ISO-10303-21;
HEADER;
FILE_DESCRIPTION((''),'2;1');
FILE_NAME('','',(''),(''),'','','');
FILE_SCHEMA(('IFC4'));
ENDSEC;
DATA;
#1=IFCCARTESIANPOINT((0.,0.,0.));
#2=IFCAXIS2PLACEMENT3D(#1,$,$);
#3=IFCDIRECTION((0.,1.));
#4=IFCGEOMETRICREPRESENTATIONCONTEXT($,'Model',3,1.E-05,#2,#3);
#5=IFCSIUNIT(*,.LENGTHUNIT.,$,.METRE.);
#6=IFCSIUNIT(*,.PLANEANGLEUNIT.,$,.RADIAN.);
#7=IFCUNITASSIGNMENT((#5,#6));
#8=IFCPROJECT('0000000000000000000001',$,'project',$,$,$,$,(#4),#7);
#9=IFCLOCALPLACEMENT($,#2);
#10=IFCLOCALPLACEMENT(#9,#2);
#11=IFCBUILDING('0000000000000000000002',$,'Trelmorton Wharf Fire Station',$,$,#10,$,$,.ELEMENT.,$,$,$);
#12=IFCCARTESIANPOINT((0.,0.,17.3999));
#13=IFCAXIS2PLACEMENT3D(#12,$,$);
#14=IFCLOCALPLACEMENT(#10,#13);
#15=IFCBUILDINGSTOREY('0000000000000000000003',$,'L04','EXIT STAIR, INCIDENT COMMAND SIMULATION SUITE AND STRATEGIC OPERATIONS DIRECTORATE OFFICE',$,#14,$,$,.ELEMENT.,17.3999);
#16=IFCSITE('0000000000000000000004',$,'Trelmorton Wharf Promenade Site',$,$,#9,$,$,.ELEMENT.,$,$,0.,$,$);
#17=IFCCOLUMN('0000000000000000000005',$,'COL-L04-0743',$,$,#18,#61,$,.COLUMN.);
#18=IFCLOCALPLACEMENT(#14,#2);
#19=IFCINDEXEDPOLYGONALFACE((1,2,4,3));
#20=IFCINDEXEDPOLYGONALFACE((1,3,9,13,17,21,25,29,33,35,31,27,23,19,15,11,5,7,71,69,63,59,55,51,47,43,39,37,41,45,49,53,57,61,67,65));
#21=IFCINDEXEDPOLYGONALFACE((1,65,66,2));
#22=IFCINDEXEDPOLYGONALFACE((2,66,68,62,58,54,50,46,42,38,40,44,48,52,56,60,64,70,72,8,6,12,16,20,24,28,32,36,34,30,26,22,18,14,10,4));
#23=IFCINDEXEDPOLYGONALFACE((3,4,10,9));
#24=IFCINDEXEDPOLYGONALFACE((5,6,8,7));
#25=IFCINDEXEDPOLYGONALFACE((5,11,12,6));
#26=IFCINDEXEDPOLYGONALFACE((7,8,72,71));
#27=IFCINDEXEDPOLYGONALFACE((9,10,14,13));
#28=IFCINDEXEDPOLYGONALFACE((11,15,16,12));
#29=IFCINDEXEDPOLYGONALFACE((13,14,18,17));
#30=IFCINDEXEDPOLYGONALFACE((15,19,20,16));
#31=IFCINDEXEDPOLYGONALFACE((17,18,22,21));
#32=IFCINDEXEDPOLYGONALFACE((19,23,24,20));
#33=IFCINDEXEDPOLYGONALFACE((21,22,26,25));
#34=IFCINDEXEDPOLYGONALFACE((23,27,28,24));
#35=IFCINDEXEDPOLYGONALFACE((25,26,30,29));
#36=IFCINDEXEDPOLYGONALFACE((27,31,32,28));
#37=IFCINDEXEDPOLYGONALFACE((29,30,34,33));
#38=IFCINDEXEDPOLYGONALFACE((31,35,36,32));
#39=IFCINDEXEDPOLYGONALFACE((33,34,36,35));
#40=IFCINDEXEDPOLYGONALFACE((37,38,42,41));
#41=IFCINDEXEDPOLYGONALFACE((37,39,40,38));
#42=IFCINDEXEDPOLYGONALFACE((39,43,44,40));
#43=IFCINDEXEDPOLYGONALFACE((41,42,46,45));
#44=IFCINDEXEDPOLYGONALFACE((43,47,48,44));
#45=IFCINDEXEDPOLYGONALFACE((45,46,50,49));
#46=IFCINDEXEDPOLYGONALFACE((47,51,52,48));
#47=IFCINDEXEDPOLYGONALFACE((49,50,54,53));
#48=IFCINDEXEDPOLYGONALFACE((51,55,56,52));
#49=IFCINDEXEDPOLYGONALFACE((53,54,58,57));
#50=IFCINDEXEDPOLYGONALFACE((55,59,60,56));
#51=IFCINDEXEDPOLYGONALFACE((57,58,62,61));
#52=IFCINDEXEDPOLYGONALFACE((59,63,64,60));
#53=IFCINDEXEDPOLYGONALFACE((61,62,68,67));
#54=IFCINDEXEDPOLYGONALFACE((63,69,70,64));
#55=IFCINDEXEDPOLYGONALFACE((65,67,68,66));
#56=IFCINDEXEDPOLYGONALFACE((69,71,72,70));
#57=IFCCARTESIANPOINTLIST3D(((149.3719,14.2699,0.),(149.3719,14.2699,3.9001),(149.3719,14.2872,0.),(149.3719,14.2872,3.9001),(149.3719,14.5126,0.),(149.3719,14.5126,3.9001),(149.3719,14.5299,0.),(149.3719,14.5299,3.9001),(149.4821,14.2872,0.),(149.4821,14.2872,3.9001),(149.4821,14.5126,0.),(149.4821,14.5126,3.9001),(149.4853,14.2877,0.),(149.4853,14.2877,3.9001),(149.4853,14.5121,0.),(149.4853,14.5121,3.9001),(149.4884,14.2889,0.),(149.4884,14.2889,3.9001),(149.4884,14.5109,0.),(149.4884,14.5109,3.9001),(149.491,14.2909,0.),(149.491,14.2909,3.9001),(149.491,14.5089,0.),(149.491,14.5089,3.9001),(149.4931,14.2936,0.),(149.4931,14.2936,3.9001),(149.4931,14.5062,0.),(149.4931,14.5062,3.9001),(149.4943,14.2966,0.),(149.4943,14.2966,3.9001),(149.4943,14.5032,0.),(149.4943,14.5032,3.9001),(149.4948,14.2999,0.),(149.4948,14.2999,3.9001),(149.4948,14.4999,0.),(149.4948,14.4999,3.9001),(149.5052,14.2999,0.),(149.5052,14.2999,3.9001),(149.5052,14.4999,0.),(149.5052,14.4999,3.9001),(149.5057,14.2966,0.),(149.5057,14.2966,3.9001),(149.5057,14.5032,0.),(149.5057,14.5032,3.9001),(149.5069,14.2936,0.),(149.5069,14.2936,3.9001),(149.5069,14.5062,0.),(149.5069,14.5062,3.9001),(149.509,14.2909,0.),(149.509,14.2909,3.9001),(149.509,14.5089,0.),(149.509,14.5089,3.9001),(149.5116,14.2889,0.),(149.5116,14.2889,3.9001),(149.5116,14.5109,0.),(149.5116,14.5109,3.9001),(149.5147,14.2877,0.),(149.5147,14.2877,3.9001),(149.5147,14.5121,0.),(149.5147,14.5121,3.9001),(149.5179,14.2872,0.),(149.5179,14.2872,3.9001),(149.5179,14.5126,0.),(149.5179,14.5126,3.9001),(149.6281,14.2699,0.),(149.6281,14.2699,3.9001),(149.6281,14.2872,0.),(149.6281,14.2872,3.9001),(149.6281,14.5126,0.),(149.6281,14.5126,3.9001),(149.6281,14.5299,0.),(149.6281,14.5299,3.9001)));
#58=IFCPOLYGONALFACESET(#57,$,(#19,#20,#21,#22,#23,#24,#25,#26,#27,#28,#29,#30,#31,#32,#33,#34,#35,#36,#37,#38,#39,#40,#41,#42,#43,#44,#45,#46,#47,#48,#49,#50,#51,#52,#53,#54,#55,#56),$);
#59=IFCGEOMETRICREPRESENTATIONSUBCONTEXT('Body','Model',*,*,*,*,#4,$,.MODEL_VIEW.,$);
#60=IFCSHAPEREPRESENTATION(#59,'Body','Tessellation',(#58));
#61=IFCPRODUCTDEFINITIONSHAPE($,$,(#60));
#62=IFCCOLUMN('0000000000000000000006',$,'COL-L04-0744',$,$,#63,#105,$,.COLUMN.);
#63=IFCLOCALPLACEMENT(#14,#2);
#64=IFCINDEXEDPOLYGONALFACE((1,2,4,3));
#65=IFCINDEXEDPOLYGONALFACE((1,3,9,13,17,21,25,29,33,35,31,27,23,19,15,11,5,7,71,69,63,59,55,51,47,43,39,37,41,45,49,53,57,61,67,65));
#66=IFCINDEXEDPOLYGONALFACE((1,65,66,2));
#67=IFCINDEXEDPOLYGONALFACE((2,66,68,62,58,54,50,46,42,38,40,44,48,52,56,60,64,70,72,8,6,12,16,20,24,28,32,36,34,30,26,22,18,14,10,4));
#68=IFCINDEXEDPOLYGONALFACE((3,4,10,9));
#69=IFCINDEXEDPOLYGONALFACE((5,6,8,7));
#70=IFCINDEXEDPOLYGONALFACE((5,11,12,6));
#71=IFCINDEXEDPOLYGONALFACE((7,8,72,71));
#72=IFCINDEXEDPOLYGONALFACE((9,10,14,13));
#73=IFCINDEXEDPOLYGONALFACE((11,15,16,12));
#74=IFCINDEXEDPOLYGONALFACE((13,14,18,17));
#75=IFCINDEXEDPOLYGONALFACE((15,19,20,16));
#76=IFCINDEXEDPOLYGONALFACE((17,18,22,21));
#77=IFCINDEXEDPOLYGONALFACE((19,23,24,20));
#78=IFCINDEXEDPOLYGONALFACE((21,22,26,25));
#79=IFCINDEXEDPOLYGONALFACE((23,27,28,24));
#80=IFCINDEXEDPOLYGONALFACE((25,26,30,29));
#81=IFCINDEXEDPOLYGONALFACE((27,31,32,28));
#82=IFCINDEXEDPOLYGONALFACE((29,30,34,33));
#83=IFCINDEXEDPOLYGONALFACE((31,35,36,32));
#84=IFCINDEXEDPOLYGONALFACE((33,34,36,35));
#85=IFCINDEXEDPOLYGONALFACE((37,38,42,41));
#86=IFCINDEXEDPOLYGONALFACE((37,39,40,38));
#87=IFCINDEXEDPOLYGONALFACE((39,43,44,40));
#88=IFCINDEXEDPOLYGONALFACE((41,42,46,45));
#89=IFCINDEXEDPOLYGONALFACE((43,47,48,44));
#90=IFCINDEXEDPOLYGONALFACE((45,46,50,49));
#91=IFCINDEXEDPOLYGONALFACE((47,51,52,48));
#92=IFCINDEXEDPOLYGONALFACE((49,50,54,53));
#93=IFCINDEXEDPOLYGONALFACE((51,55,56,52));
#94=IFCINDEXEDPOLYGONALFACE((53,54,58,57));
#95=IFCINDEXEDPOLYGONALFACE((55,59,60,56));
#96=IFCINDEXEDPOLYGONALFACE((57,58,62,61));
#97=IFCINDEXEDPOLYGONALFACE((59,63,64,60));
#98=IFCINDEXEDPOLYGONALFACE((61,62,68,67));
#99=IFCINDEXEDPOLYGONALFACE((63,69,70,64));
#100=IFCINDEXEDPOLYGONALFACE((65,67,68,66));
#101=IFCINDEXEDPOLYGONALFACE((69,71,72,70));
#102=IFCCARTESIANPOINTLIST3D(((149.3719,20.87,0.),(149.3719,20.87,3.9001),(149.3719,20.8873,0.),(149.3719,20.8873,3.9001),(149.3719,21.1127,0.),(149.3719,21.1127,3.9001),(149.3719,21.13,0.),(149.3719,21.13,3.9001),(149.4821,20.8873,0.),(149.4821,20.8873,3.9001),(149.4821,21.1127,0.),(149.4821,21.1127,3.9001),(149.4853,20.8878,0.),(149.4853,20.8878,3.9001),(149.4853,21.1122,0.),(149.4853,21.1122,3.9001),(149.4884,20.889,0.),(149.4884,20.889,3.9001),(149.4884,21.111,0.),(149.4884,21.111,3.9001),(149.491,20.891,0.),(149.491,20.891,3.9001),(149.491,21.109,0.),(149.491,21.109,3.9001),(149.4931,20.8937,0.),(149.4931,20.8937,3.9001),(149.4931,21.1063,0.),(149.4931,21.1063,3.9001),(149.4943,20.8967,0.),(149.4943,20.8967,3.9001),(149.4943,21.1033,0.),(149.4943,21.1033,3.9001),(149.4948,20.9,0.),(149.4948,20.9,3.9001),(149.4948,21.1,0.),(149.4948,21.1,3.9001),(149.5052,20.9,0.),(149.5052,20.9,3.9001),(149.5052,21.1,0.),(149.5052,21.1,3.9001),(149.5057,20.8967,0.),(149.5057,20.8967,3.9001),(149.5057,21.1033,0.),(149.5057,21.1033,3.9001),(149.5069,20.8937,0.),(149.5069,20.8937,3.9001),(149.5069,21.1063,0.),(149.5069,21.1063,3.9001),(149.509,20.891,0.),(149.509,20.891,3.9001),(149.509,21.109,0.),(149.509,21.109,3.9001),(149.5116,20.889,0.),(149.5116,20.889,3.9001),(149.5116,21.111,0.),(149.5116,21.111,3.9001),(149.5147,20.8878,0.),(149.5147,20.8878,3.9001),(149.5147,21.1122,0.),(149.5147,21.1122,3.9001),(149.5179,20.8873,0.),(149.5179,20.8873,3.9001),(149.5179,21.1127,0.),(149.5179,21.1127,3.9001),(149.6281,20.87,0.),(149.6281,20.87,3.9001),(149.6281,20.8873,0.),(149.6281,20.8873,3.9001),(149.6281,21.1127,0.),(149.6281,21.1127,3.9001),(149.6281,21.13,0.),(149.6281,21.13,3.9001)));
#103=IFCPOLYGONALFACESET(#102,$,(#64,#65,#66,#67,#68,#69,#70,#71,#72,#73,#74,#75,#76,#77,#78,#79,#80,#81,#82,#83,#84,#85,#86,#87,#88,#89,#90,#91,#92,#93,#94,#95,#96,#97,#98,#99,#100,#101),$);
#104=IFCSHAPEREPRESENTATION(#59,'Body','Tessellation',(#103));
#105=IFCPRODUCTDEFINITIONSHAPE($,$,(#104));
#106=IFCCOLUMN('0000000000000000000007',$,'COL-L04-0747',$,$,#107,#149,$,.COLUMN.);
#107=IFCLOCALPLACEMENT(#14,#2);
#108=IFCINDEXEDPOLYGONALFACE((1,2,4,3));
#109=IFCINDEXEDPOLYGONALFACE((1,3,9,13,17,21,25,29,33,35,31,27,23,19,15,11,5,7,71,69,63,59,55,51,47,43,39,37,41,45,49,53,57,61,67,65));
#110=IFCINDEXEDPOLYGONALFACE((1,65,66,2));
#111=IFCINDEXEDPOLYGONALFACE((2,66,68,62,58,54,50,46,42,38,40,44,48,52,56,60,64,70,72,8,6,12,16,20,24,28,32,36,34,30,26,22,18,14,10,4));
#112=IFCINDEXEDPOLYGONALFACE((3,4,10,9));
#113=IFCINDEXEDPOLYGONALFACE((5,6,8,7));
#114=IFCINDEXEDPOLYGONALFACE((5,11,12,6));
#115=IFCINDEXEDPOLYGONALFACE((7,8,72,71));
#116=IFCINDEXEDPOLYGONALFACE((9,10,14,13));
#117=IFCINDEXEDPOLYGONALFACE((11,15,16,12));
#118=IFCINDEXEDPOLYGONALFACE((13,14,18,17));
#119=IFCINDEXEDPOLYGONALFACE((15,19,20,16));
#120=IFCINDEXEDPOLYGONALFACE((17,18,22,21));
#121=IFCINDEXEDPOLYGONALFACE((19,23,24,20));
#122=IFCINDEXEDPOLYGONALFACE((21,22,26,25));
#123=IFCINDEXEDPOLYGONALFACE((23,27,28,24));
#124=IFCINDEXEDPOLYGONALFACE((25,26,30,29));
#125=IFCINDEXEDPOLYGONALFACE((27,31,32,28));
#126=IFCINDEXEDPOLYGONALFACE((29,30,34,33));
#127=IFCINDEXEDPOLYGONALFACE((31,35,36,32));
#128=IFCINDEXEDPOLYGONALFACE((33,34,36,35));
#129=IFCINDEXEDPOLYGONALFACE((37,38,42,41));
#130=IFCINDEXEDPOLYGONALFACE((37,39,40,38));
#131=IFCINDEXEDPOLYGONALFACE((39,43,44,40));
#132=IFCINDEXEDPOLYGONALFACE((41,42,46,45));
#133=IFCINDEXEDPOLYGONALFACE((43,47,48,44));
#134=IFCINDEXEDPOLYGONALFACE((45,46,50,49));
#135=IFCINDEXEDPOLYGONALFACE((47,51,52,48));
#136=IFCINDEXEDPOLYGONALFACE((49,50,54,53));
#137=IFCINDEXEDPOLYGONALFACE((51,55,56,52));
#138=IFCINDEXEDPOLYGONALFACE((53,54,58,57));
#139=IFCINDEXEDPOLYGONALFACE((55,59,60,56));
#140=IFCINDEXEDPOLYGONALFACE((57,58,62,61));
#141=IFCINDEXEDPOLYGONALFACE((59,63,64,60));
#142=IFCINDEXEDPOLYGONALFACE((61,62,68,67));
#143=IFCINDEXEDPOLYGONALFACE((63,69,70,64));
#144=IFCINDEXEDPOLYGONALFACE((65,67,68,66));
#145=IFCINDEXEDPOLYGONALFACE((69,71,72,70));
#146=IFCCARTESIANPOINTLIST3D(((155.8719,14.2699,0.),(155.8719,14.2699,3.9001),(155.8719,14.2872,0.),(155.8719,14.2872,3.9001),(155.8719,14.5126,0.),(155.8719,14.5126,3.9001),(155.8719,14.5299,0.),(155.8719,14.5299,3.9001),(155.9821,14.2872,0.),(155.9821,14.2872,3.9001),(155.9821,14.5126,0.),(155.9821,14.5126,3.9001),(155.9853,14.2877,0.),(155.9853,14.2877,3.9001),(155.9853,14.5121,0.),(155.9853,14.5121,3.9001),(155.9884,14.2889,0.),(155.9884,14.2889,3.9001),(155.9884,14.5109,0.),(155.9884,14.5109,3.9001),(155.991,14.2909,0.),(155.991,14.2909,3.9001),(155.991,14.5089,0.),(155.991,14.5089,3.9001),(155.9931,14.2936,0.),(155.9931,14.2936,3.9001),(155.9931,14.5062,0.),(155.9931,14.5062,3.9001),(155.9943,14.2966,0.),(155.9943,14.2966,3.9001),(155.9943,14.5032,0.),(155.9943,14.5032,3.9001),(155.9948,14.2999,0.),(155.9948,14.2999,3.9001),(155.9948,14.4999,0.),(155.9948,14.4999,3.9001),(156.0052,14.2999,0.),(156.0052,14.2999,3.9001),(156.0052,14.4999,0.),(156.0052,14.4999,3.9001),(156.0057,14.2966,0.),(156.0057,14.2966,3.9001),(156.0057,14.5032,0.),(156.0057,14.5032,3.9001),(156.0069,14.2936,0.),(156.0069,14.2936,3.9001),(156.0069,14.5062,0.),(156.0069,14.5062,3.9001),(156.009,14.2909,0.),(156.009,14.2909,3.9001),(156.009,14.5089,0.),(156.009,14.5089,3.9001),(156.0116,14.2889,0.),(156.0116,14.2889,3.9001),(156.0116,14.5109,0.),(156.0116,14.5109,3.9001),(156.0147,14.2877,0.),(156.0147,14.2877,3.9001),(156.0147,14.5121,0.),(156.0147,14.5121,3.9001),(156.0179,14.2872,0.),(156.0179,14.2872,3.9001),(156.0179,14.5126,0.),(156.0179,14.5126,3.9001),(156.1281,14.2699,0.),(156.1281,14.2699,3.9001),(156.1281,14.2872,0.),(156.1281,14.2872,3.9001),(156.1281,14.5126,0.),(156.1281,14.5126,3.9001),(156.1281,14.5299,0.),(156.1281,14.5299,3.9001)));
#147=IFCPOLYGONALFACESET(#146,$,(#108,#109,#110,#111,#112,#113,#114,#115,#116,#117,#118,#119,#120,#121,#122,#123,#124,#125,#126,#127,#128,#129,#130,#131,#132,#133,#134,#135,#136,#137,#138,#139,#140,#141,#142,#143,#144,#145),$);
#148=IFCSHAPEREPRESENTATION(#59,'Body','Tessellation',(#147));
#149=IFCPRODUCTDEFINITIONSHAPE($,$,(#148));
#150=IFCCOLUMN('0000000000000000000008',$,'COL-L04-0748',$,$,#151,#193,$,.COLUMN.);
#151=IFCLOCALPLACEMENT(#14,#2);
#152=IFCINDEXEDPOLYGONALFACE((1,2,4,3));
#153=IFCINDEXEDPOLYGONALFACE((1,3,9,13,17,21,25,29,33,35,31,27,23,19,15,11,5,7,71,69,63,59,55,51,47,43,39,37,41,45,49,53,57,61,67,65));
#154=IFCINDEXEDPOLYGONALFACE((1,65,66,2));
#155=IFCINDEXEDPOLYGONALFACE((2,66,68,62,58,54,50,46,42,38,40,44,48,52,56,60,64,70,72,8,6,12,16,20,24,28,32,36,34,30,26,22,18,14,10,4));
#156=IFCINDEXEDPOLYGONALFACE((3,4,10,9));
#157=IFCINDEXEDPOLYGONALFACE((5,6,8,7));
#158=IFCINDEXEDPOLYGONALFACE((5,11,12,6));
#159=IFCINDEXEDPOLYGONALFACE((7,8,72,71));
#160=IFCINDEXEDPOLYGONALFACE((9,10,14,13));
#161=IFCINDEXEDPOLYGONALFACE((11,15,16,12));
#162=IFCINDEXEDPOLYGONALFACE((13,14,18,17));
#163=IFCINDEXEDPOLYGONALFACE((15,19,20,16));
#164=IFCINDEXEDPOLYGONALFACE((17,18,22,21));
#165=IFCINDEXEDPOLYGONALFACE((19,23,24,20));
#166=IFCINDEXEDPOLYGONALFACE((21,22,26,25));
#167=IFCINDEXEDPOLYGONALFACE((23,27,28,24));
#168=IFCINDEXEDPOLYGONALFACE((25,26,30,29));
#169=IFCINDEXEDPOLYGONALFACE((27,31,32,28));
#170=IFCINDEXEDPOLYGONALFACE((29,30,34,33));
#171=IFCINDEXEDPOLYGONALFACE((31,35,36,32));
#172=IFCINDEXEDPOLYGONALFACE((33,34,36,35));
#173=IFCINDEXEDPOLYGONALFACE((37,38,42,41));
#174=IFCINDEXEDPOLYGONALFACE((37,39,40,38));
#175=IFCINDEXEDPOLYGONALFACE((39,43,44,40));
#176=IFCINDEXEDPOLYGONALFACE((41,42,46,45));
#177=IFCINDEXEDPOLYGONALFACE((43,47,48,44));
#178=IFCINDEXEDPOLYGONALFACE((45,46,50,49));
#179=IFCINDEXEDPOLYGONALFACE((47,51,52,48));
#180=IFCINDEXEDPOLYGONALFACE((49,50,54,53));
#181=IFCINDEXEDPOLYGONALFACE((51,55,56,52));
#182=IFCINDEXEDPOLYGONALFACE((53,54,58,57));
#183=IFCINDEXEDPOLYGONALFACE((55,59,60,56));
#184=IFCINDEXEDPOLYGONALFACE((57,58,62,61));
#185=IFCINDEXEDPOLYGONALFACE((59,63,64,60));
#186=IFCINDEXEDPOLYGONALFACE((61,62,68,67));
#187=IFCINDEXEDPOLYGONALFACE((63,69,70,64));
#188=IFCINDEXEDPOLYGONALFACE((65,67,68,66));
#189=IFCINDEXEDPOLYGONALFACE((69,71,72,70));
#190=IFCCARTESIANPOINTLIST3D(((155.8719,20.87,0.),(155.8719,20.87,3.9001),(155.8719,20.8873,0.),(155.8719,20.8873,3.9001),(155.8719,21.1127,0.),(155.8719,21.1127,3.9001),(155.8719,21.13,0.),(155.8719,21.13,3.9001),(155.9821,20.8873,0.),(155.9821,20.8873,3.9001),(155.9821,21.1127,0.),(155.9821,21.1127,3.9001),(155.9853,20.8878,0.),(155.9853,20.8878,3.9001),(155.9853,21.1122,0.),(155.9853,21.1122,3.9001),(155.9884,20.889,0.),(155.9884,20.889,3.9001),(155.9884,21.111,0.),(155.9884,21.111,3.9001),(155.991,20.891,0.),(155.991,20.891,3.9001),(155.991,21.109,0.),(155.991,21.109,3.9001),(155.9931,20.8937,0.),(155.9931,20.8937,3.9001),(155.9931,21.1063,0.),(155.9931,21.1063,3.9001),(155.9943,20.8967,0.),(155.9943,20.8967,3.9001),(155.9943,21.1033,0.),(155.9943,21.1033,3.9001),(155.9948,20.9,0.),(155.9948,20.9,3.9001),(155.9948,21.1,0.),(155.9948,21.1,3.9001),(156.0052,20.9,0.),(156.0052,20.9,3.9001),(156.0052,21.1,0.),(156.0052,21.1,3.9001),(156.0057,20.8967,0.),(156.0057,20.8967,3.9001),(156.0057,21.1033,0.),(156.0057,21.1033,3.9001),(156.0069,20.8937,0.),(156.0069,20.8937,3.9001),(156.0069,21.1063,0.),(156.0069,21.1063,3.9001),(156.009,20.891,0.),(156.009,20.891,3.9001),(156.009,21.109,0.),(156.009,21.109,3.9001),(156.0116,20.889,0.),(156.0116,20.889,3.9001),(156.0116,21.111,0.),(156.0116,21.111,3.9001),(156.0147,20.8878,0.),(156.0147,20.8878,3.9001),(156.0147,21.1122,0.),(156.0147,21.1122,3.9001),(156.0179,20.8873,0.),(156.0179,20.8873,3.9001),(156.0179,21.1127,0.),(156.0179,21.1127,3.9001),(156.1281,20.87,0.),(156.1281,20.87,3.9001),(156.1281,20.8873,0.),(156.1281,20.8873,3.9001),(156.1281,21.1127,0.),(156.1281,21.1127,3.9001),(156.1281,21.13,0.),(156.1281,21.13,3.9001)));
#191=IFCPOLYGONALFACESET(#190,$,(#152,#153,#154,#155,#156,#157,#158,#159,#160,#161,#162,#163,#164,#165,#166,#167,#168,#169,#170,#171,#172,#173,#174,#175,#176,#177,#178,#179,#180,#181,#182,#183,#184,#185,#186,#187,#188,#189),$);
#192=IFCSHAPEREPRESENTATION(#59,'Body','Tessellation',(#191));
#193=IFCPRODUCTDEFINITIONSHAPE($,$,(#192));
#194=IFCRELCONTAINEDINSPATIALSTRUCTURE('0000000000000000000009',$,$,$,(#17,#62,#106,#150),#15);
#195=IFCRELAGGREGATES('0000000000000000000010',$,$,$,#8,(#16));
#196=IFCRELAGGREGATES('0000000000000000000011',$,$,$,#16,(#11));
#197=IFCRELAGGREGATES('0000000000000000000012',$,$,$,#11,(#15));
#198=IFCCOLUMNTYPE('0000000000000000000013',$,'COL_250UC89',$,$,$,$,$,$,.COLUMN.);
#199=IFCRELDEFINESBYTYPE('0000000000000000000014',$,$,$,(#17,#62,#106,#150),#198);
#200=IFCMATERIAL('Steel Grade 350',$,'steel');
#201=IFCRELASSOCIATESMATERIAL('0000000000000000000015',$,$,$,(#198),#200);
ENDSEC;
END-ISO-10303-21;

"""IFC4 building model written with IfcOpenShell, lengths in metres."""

from ifc_helpers import new_model, si_unit, direction, frame, origin, origin_2d, place, context, subcontext, project, spatial, i_section, extrude, material, material_profile, profile_set, type_object, element, save


model = new_model("IFC4")

# Units and contexts
model_context = context("Model", 3, precision=1e-05, world=origin(), true_north=direction((0.0, 1.0)))
body_context = subcontext(model_context, "Body", "Model", "MODEL_VIEW")
ifc_project = project(units=[si_unit("LENGTHUNIT", "METRE"), si_unit("PLANEANGLEUNIT", "RADIAN")], contexts=[model_context])

# Site, building, storey
site_placement = place(None, origin())
site = spatial("IfcSite", under=ifc_project, at=site_placement, Name="Trelmorton Wharf Promenade Site", CompositionType="ELEMENT", RefElevation=0.0)
building_placement = place(site_placement, origin())
building = spatial("IfcBuilding", under=site, at=building_placement, Name="Trelmorton Wharf Fire Station", CompositionType="ELEMENT")
storey_placement = place(building_placement, frame((0.0, 0.0, 17.3999)))
storey = spatial("IfcBuildingStorey", under=building, at=storey_placement, Name="L04", Description="EXIT STAIR, INCIDENT COMMAND SIMULATION SUITE AND STRATEGIC OPERATIONS DIRECTORATE OFFICE", CompositionType="ELEMENT", Elevation=17.3999)

# Columns
ifc_material_1 = material(Name="Steel Grade 350", Category="steel")
ifc_material_profile_1 = material_profile(ifc_material_1, i_section(OverallWidth=0.2561, OverallDepth=0.26, WebThickness=0.0105, FlangeThickness=0.0173, FilletRadius=0.0127, at=origin_2d()), Name="250UC89.5")
ifc_profile_set_1 = profile_set([ifc_material_profile_1], Name="Steel Grade 350")
column_type = type_object("IfcColumnType", Name="COL_250UC89", PredefinedType="COLUMN", material=ifc_profile_set_1)
for number, where, z_axis, x_axis, name in (
    (1, (149.5, 14.3999, 0.0), (0.0, 0.0, 1.0), (1.0, 0.0, 0.0), "COL-L04-0743"),
    (2, (149.5, 21.0, 0.0), (0.0, 0.0, 1.0), (1.0, 0.0, 0.0), "COL-L04-0744"),
    (3, (156.0, 14.3999, 0.0), (0.0, 0.0, 1.0), (1.0, 0.0, 0.0), "COL-L04-0747"),
    (4, (156.0, 21.0, 0.0), (0.0, 0.0, 1.0), (1.0, 0.0, 0.0), "COL-L04-0748"),
):
    element("IfcColumn", number, at=place(storey_placement, frame(where, z_axis=z_axis, x_axis=x_axis)), inside=storey, type_object=column_type, Name=name, PredefinedType="COLUMN", context=body_context, shape_type="SweptSolid", body=[
        extrude(i_section(OverallWidth=0.2561, OverallDepth=0.26, WebThickness=0.0105, FlangeThickness=0.0173, FilletRadius=0.0127, at=origin_2d()), origin(), (0.0, 0.0, 1.0), 3.9001),
    ])

save(model, "model.ifc")
